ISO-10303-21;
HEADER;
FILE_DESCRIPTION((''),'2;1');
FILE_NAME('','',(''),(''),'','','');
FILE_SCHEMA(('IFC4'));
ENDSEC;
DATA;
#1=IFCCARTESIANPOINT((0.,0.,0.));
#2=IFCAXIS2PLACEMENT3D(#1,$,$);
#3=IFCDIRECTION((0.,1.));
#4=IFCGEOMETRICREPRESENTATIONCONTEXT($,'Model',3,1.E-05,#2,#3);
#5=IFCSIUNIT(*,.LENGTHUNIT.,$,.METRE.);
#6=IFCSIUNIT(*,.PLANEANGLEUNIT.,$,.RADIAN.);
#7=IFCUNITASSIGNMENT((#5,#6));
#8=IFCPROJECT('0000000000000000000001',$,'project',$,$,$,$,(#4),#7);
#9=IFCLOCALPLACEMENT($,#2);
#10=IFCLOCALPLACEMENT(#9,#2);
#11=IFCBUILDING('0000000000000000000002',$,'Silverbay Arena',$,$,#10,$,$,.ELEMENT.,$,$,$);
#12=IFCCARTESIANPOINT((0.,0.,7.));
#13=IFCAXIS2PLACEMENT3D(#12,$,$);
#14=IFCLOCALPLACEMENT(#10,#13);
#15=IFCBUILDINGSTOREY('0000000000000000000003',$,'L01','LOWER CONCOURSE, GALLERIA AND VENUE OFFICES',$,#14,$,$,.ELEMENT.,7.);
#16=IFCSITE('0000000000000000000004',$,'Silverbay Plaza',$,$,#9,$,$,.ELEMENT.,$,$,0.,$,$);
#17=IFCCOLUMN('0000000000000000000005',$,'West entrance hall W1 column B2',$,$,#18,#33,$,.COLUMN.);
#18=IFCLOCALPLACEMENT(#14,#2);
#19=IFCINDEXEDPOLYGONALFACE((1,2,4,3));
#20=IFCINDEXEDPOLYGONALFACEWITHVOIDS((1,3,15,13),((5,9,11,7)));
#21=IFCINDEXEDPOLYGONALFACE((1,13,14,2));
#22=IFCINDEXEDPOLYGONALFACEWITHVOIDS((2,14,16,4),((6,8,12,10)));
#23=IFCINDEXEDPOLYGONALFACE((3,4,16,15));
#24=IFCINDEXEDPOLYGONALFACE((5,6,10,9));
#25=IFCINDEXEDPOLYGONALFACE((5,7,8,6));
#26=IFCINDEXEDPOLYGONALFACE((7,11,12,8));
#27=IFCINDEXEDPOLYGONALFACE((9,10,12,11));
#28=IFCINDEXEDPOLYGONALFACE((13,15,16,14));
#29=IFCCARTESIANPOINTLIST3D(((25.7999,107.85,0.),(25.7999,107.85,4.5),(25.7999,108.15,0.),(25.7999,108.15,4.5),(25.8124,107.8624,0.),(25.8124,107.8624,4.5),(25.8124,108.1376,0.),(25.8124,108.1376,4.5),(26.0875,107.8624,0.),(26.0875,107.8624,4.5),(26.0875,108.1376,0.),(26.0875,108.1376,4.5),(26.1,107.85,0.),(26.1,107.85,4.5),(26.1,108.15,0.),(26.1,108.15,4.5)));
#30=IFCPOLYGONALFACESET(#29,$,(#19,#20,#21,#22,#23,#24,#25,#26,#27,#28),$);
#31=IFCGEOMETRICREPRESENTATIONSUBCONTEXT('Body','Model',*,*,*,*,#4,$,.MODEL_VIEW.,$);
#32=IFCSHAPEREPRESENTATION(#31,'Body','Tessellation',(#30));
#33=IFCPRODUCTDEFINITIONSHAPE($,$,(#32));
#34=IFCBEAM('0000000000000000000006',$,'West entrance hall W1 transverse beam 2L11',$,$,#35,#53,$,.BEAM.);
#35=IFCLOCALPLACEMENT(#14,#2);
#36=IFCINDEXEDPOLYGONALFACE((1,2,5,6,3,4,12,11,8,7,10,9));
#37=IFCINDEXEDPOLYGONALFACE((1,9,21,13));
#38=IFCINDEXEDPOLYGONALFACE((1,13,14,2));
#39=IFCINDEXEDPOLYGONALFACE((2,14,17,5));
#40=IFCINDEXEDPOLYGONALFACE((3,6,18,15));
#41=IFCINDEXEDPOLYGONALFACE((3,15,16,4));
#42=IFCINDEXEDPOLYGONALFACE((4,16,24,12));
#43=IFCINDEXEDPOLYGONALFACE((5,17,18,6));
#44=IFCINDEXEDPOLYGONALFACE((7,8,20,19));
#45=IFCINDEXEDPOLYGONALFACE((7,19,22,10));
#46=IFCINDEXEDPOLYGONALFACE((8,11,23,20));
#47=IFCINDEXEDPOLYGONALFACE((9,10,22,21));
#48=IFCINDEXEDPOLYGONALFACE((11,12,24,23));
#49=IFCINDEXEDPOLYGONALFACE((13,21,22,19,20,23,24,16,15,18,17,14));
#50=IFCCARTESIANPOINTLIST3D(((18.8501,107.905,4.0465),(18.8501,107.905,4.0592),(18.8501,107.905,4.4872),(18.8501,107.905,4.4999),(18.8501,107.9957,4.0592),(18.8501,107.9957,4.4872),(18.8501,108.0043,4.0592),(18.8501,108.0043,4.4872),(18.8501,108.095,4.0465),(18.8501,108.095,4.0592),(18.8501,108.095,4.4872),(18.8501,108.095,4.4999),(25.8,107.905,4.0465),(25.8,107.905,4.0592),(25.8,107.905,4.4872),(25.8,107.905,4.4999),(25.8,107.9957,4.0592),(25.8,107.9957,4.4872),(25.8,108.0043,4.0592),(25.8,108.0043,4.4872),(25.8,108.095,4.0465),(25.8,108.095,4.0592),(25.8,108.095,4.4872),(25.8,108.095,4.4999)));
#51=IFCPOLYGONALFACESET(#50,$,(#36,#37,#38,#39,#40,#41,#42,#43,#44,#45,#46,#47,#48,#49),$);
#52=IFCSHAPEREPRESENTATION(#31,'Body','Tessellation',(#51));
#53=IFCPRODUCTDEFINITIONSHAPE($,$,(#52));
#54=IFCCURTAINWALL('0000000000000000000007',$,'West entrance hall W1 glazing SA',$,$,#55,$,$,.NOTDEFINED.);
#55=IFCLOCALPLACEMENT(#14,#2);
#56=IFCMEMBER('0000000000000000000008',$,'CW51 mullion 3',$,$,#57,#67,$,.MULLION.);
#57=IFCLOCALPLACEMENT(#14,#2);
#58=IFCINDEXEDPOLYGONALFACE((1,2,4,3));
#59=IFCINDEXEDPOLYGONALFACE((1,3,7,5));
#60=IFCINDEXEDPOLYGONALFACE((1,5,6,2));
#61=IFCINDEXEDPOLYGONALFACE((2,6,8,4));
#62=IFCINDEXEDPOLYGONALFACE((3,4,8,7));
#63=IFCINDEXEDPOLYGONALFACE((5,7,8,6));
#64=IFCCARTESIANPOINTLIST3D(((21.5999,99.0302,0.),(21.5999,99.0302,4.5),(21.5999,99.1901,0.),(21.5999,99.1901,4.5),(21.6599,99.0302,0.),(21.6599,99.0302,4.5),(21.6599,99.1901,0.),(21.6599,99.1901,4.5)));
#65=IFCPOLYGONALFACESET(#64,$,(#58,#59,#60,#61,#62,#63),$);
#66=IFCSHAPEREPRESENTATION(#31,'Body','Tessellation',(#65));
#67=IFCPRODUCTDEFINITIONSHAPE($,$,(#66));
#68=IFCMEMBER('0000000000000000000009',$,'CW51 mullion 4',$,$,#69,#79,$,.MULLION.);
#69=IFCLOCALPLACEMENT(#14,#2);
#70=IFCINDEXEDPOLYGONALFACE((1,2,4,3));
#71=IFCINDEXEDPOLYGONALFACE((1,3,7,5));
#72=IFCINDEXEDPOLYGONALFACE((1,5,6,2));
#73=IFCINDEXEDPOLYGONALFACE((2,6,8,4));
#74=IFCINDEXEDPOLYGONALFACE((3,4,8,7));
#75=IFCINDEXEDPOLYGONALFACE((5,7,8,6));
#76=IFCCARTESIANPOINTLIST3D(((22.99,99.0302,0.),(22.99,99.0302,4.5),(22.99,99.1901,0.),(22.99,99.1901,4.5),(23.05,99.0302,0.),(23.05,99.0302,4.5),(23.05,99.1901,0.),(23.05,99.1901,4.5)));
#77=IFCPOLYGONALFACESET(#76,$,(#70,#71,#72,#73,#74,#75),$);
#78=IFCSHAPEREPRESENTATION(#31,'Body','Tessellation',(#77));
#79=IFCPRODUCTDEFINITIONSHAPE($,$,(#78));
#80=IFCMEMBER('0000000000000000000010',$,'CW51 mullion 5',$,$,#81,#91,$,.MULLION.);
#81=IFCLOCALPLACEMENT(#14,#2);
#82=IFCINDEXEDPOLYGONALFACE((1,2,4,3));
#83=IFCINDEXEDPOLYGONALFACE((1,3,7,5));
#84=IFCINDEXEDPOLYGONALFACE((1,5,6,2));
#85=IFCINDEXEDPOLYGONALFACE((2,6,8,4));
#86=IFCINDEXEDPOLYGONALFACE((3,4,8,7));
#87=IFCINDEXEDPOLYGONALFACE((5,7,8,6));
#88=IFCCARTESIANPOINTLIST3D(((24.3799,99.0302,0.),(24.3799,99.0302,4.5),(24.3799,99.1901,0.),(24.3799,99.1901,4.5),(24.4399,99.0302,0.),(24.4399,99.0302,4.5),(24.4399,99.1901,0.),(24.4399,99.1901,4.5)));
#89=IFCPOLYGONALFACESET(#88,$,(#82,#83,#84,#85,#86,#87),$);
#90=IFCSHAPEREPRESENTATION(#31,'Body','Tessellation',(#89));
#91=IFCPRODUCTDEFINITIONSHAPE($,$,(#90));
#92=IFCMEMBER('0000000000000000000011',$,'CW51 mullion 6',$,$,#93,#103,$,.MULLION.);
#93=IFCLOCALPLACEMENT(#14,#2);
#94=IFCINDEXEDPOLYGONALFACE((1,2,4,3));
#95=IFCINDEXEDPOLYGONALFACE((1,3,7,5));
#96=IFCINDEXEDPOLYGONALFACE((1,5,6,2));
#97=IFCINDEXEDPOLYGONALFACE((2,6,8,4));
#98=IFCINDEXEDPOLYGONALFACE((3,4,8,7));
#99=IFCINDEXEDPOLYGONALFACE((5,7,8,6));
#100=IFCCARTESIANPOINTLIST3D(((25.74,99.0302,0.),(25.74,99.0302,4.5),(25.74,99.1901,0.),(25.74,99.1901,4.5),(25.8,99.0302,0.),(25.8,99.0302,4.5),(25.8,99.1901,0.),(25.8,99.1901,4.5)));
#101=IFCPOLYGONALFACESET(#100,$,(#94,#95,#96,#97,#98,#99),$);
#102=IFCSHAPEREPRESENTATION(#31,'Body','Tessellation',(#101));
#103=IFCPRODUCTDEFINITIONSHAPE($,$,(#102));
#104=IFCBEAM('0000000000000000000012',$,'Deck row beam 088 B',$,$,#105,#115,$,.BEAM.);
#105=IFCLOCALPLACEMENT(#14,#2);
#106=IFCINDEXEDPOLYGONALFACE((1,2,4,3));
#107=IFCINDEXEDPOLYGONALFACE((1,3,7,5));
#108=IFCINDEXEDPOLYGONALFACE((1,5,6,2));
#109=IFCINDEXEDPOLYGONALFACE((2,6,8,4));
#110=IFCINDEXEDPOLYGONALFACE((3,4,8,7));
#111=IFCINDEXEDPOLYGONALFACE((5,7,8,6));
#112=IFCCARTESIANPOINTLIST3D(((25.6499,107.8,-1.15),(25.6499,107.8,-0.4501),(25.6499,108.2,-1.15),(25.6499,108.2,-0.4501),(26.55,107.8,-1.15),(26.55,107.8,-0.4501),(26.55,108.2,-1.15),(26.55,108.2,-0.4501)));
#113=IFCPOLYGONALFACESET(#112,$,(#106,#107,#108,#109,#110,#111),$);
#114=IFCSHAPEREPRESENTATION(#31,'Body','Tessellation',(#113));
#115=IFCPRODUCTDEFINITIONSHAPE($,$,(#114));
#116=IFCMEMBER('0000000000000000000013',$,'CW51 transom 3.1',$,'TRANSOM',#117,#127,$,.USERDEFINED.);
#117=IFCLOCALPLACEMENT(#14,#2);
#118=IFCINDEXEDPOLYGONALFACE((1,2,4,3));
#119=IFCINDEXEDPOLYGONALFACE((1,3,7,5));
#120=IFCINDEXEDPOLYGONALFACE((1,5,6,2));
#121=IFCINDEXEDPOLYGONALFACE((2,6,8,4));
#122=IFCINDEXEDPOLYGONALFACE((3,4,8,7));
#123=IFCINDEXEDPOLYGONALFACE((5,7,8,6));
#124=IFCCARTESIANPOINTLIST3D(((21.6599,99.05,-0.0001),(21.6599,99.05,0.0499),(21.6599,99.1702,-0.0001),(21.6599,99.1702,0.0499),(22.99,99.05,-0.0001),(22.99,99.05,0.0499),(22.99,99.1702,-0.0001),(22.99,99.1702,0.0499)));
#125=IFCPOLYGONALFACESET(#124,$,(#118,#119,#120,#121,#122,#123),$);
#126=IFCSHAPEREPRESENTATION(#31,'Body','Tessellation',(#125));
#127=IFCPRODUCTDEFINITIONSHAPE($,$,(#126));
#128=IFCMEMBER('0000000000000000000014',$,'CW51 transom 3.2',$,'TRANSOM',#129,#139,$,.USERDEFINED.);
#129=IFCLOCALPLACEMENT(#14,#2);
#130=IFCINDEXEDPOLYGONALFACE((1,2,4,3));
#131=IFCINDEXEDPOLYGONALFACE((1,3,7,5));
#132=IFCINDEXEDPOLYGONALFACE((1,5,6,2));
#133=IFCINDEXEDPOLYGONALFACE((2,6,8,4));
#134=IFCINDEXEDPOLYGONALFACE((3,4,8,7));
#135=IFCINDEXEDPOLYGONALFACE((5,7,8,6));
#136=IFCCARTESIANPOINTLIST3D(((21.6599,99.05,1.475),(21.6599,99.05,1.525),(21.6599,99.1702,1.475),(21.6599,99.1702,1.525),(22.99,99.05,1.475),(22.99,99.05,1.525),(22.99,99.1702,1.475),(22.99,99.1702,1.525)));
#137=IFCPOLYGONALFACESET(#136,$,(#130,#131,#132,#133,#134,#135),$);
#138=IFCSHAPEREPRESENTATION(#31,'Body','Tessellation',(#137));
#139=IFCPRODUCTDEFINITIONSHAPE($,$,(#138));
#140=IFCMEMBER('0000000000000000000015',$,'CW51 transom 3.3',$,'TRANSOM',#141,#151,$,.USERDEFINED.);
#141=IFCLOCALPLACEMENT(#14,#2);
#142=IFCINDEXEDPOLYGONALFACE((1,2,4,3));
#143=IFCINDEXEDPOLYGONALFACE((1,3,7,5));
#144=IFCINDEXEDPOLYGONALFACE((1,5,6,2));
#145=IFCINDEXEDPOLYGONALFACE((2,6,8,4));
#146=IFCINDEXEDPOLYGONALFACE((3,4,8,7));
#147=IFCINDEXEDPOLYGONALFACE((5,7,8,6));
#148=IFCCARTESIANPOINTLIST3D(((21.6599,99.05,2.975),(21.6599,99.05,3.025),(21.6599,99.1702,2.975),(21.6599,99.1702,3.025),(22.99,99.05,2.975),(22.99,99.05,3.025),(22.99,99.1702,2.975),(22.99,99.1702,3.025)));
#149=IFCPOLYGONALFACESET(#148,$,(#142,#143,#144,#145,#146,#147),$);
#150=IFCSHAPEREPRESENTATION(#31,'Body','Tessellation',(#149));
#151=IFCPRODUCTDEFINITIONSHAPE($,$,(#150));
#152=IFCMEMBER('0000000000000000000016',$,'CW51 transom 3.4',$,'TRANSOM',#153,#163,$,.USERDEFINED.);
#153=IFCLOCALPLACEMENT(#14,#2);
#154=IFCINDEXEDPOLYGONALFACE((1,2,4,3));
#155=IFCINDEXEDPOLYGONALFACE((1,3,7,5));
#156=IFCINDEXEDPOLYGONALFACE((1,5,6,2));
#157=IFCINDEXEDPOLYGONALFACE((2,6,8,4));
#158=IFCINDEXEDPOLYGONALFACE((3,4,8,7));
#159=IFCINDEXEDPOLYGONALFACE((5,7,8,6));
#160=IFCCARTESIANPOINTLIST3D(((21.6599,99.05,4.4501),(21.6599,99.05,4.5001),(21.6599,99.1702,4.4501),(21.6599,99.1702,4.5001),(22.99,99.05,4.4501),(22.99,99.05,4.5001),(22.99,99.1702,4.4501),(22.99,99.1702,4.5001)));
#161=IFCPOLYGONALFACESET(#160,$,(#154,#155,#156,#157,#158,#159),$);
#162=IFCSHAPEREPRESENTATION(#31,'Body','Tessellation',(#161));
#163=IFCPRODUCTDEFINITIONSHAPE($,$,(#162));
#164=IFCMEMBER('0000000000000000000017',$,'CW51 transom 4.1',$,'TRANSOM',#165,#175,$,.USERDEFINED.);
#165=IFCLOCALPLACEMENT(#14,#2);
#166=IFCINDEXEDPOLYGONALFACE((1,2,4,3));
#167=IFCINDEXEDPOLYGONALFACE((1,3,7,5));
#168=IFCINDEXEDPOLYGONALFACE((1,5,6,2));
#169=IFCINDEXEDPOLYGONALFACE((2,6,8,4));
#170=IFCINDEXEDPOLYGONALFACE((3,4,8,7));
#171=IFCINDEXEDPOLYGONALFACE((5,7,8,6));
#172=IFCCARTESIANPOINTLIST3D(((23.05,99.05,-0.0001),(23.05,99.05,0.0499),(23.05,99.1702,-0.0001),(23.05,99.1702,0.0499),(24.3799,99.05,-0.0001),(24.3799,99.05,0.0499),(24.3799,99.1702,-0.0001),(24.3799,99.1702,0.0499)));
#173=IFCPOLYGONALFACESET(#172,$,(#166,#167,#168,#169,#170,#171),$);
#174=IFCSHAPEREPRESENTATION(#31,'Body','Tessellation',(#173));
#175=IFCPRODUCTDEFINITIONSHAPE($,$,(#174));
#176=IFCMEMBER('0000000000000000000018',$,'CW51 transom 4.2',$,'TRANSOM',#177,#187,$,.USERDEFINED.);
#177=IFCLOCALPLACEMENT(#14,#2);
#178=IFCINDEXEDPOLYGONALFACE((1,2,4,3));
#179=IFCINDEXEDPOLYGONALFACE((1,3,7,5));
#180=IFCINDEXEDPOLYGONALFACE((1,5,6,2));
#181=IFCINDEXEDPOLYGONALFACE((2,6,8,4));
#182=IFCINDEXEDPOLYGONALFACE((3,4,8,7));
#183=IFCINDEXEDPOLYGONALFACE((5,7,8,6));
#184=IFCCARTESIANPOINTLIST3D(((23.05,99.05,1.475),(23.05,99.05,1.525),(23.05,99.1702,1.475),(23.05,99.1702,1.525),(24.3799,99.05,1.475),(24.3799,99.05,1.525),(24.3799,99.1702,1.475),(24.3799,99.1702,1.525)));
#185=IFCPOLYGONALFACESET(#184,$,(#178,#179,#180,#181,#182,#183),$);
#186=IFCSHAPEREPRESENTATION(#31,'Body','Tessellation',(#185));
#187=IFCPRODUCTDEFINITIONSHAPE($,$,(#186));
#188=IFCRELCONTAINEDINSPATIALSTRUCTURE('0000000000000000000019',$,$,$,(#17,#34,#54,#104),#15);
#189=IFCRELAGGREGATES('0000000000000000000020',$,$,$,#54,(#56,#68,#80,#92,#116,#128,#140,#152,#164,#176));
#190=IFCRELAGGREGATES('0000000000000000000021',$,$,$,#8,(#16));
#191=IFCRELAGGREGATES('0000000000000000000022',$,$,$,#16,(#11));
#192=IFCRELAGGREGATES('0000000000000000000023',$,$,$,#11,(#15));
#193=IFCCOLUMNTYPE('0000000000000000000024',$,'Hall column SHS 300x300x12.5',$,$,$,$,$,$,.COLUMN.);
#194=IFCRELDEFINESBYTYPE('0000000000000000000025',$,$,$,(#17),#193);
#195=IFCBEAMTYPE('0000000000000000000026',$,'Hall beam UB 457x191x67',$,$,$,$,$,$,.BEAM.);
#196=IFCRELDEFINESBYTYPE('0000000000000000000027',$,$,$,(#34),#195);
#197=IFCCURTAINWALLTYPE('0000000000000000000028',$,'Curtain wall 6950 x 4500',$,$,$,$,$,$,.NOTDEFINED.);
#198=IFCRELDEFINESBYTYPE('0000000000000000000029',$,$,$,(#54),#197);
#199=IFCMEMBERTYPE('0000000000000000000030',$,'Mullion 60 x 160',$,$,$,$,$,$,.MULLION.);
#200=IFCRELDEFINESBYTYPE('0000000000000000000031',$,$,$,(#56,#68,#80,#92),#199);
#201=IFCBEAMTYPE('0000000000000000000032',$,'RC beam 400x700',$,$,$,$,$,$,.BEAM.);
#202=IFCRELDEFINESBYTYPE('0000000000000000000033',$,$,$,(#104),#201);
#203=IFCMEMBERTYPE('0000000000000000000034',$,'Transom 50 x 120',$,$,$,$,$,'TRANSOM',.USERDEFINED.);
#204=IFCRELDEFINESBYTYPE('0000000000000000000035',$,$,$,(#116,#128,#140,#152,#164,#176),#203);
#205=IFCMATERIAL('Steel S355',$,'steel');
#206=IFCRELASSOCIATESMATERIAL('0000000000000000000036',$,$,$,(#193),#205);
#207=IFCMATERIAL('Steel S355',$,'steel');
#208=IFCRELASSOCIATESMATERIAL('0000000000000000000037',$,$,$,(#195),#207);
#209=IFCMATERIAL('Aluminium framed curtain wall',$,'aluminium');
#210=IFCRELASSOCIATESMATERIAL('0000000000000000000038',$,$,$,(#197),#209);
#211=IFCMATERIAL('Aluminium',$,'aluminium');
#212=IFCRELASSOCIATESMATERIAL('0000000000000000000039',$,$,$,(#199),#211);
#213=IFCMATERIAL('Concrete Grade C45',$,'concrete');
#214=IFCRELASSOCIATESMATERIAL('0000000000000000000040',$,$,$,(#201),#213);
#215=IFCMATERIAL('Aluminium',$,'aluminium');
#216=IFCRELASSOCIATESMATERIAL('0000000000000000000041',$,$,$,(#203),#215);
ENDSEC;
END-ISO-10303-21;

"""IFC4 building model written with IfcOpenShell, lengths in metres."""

from ifc_helpers import new_model, si_unit, direction, frame, origin, origin_2d, place, context, subcontext, project, spatial, rectangle, hollow_rectangle, i_section, extrude, material, material_profile, profile_set, type_object, element, aggregate, save


model = new_model("IFC4")

# Units and contexts
model_context = context("Model", 3, precision=1e-05, world=origin(), true_north=direction((0.0, 1.0)))
body_context = subcontext(model_context, "Body", "Model", "MODEL_VIEW")
ifc_project = project(units=[si_unit("LENGTHUNIT", "METRE"), si_unit("PLANEANGLEUNIT", "RADIAN")], contexts=[model_context])

# Site, building, storey
site_placement = place(None, origin())
site = spatial("IfcSite", under=ifc_project, at=site_placement, Name="Silverbay Plaza", CompositionType="ELEMENT", RefElevation=0.0)
building_placement = place(site_placement, origin())
building = spatial("IfcBuilding", under=site, at=building_placement, Name="Silverbay Arena", CompositionType="ELEMENT")
storey_placement = place(building_placement, frame((0.0, 0.0, 7.0)))
storey = spatial("IfcBuildingStorey", under=building, at=storey_placement, Name="L01", Description="LOWER CONCOURSE, GALLERIA AND VENUE OFFICES", CompositionType="ELEMENT", Elevation=7.0)

# Column
ifc_material_1 = material(Name="Steel S355", Category="steel")
ifc_material_profile_1 = material_profile(ifc_material_1, hollow_rectangle(XDim=0.3, YDim=0.3, WallThickness=0.0125, at=origin_2d()), Name="SHS 300x300x12.5")
ifc_profile_set_1 = profile_set([ifc_material_profile_1], Name="Steel S355")
column_type = type_object("IfcColumnType", Name="Hall column SHS 300x300x12.5", PredefinedType="COLUMN", material=ifc_profile_set_1)
column_placement = place(storey_placement, frame((25.95, 108.0, 0.0), z_axis=(0.0, 0.0, 1.0), x_axis=(1.0, 0.0, 0.0)))
element("IfcColumn", 1, at=column_placement, inside=storey, type_object=column_type, Name="West entrance hall W1 column B2", PredefinedType="COLUMN", context=body_context, shape_type="SweptSolid", body=[
    extrude(hollow_rectangle(XDim=0.3, YDim=0.3, WallThickness=0.0125, at=origin_2d()), origin(), (0.0, 0.0, 1.0), 4.5),
])

# Beam
ifc_material_2 = material(Name="Steel S355", Category="steel")
ifc_material_profile_2 = material_profile(ifc_material_2, i_section(OverallWidth=0.1899, OverallDepth=0.4534, WebThickness=0.0085, FlangeThickness=0.0127, at=origin_2d()), Name="UB 457x191x67")
ifc_profile_set_2 = profile_set([ifc_material_profile_2], Name="Steel S355")
beam_type_1 = type_object("IfcBeamType", Name="Hall beam UB 457x191x67", PredefinedType="BEAM", material=ifc_profile_set_2)
beam_1_placement = place(storey_placement, frame((25.8, 108.0, 4.2732), z_axis=(-1.0, 0.0, 0.0), x_axis=(0.0, -1.0, 0.0)))
element("IfcBeam", 2, at=beam_1_placement, inside=storey, type_object=beam_type_1, Name="West entrance hall W1 transverse beam 2L11", PredefinedType="BEAM", context=body_context, shape_type="SweptSolid", body=[
    extrude(i_section(OverallWidth=0.1899, OverallDepth=0.4534, WebThickness=0.0085, FlangeThickness=0.0127, at=origin_2d()), origin(), (0.0, 0.0, 1.0), 6.95),
])

# Curtain wall, members
ifc_material_3 = material(Name="Aluminium framed curtain wall", Category="aluminium")
curtain_wall_type = type_object("IfcCurtainWallType", Name="Curtain wall 6950 x 4500", PredefinedType="NOTDEFINED", material=ifc_material_3)
curtain_wall_placement = place(storey_placement, origin())
curtain_wall = element("IfcCurtainWall", 3, at=curtain_wall_placement, inside=storey, type_object=curtain_wall_type, Name="West entrance hall W1 glazing SA", PredefinedType="NOTDEFINED")
ifc_material_4 = material(Name="Aluminium", Category="aluminium")
ifc_material_profile_3 = material_profile(ifc_material_4, rectangle(XDim=0.1599, YDim=0.0601, at=origin_2d()), Name="Mullion 60 x 160")
ifc_profile_set_3 = profile_set([ifc_material_profile_3], Name="Aluminium")
member_type_1 = type_object("IfcMemberType", Name="Mullion 60 x 160", PredefinedType="MULLION", material=ifc_profile_set_3)
member_1_placement = place(storey_placement, frame((21.6299, 99.1101, 0.0), z_axis=(0.0, 0.0, 1.0), x_axis=(0.0, 1.0, 0.0)))
member_1 = element("IfcMember", 4, at=member_1_placement, type_object=member_type_1, Name="CW51 mullion 3", PredefinedType="MULLION", context=body_context, shape_type="SweptSolid", body=[
    extrude(rectangle(XDim=0.1599, YDim=0.0601, at=origin_2d()), origin(), (0.0, 0.0, 1.0), 4.5),
])
member_2_placement = place(storey_placement, frame((23.02, 99.1101, 0.0), z_axis=(0.0, 0.0, 1.0), x_axis=(0.0, 1.0, 0.0)))
member_2 = element("IfcMember", 5, at=member_2_placement, type_object=member_type_1, Name="CW51 mullion 4", PredefinedType="MULLION", context=body_context, shape_type="SweptSolid", body=[
    extrude(rectangle(XDim=0.1599, YDim=0.0601, at=origin_2d()), origin(), (0.0, 0.0, 1.0), 4.5),
])
member_3_placement = place(storey_placement, frame((24.4099, 99.1101, 0.0), z_axis=(0.0, 0.0, 1.0), x_axis=(0.0, 1.0, 0.0)))
member_3 = element("IfcMember", 6, at=member_3_placement, type_object=member_type_1, Name="CW51 mullion 5", PredefinedType="MULLION", context=body_context, shape_type="SweptSolid", body=[
    extrude(rectangle(XDim=0.1599, YDim=0.0601, at=origin_2d()), origin(), (0.0, 0.0, 1.0), 4.5),
])
member_4_placement = place(storey_placement, frame((25.77, 99.1101, 0.0), z_axis=(0.0, 0.0, 1.0), x_axis=(0.0, 1.0, 0.0)))
member_4 = element("IfcMember", 7, at=member_4_placement, type_object=member_type_1, Name="CW51 mullion 6", PredefinedType="MULLION", context=body_context, shape_type="SweptSolid", body=[
    extrude(rectangle(XDim=0.1599, YDim=0.0601, at=origin_2d()), origin(), (0.0, 0.0, 1.0), 4.5),
])

# Beam
ifc_material_5 = material(Name="Concrete Grade C45", Category="concrete")
ifc_material_profile_4 = material_profile(ifc_material_5, rectangle(XDim=0.3999, YDim=0.7, at=origin_2d()), Name="RC 400x700")
ifc_profile_set_4 = profile_set([ifc_material_profile_4], Name="Concrete Grade C45")
beam_type_2 = type_object("IfcBeamType", Name="RC beam 400x700", PredefinedType="BEAM", material=ifc_profile_set_4)
beam_2_placement = place(storey_placement, frame((25.6499, 108.0, -0.8), z_axis=(1.0, 0.0, 0.0), x_axis=(0.0, 1.0, 0.0)))
element("IfcBeam", 8, at=beam_2_placement, inside=storey, type_object=beam_type_2, Name="Deck row beam 088 B", PredefinedType="BEAM", context=body_context, shape_type="SweptSolid", body=[
    extrude(rectangle(XDim=0.3999, YDim=0.7, at=origin_2d()), origin(), (0.0, 0.0, 1.0), 0.9001),
])

# Members
ifc_material_6 = material(Name="Aluminium", Category="aluminium")
ifc_material_profile_5 = material_profile(ifc_material_6, rectangle(XDim=0.1201, YDim=0.05, at=origin_2d()), Name="Transom 50 x 120")
ifc_profile_set_5 = profile_set([ifc_material_profile_5], Name="Aluminium")
member_type_2 = type_object("IfcMemberType", Name="Transom 50 x 120", ElementType="TRANSOM", PredefinedType="USERDEFINED", material=ifc_profile_set_5)
member_5_placement = place(storey_placement, frame((21.6599, 99.1101, 0.0249), z_axis=(1.0, 0.0, 0.0), x_axis=(0.0, 1.0, 0.0)))
member_5 = element("IfcMember", 9, at=member_5_placement, type_object=member_type_2, Name="CW51 transom 3.1", ObjectType="TRANSOM", PredefinedType="USERDEFINED", context=body_context, shape_type="SweptSolid", body=[
    extrude(rectangle(XDim=0.1201, YDim=0.05, at=origin_2d()), origin(), (0.0, 0.0, 1.0), 1.3301),
])
member_6_placement = place(storey_placement, frame((21.6599, 99.1101, 1.5), z_axis=(1.0, 0.0, 0.0), x_axis=(0.0, 1.0, 0.0)))
member_6 = element("IfcMember", 10, at=member_6_placement, type_object=member_type_2, Name="CW51 transom 3.2", ObjectType="TRANSOM", PredefinedType="USERDEFINED", context=body_context, shape_type="SweptSolid", body=[
    extrude(rectangle(XDim=0.1201, YDim=0.05, at=origin_2d()), origin(), (0.0, 0.0, 1.0), 1.3301),
])
member_7_placement = place(storey_placement, frame((21.6599, 99.1101, 3.0), z_axis=(1.0, 0.0, 0.0), x_axis=(0.0, 1.0, 0.0)))
member_7 = element("IfcMember", 11, at=member_7_placement, type_object=member_type_2, Name="CW51 transom 3.3", ObjectType="TRANSOM", PredefinedType="USERDEFINED", context=body_context, shape_type="SweptSolid", body=[
    extrude(rectangle(XDim=0.1201, YDim=0.05, at=origin_2d()), origin(), (0.0, 0.0, 1.0), 1.3301),
])
member_8_placement = place(storey_placement, frame((21.6599, 99.1101, 4.4751), z_axis=(1.0, 0.0, 0.0), x_axis=(0.0, 1.0, 0.0)))
member_8 = element("IfcMember", 12, at=member_8_placement, type_object=member_type_2, Name="CW51 transom 3.4", ObjectType="TRANSOM", PredefinedType="USERDEFINED", context=body_context, shape_type="SweptSolid", body=[
    extrude(rectangle(XDim=0.1201, YDim=0.05, at=origin_2d()), origin(), (0.0, 0.0, 1.0), 1.3301),
])
member_9_placement = place(storey_placement, frame((23.05, 99.1101, 0.0249), z_axis=(1.0, 0.0, 0.0), x_axis=(0.0, 1.0, 0.0)))
member_9 = element("IfcMember", 13, at=member_9_placement, type_object=member_type_2, Name="CW51 transom 4.1", ObjectType="TRANSOM", PredefinedType="USERDEFINED", context=body_context, shape_type="SweptSolid", body=[
    extrude(rectangle(XDim=0.1201, YDim=0.05, at=origin_2d()), origin(), (0.0, 0.0, 1.0), 1.3298),
])
member_10_placement = place(storey_placement, frame((23.05, 99.1101, 1.5), z_axis=(1.0, 0.0, 0.0), x_axis=(0.0, 1.0, 0.0)))
member_10 = element("IfcMember", 14, at=member_10_placement, type_object=member_type_2, Name="CW51 transom 4.2", ObjectType="TRANSOM", PredefinedType="USERDEFINED", context=body_context, shape_type="SweptSolid", body=[
    extrude(rectangle(XDim=0.1201, YDim=0.05, at=origin_2d()), origin(), (0.0, 0.0, 1.0), 1.3298),
])

aggregate(curtain_wall, [member_1, member_2, member_3, member_4, member_5, member_6, member_7, member_8, member_9, member_10])

save(model, "model.ifc")
